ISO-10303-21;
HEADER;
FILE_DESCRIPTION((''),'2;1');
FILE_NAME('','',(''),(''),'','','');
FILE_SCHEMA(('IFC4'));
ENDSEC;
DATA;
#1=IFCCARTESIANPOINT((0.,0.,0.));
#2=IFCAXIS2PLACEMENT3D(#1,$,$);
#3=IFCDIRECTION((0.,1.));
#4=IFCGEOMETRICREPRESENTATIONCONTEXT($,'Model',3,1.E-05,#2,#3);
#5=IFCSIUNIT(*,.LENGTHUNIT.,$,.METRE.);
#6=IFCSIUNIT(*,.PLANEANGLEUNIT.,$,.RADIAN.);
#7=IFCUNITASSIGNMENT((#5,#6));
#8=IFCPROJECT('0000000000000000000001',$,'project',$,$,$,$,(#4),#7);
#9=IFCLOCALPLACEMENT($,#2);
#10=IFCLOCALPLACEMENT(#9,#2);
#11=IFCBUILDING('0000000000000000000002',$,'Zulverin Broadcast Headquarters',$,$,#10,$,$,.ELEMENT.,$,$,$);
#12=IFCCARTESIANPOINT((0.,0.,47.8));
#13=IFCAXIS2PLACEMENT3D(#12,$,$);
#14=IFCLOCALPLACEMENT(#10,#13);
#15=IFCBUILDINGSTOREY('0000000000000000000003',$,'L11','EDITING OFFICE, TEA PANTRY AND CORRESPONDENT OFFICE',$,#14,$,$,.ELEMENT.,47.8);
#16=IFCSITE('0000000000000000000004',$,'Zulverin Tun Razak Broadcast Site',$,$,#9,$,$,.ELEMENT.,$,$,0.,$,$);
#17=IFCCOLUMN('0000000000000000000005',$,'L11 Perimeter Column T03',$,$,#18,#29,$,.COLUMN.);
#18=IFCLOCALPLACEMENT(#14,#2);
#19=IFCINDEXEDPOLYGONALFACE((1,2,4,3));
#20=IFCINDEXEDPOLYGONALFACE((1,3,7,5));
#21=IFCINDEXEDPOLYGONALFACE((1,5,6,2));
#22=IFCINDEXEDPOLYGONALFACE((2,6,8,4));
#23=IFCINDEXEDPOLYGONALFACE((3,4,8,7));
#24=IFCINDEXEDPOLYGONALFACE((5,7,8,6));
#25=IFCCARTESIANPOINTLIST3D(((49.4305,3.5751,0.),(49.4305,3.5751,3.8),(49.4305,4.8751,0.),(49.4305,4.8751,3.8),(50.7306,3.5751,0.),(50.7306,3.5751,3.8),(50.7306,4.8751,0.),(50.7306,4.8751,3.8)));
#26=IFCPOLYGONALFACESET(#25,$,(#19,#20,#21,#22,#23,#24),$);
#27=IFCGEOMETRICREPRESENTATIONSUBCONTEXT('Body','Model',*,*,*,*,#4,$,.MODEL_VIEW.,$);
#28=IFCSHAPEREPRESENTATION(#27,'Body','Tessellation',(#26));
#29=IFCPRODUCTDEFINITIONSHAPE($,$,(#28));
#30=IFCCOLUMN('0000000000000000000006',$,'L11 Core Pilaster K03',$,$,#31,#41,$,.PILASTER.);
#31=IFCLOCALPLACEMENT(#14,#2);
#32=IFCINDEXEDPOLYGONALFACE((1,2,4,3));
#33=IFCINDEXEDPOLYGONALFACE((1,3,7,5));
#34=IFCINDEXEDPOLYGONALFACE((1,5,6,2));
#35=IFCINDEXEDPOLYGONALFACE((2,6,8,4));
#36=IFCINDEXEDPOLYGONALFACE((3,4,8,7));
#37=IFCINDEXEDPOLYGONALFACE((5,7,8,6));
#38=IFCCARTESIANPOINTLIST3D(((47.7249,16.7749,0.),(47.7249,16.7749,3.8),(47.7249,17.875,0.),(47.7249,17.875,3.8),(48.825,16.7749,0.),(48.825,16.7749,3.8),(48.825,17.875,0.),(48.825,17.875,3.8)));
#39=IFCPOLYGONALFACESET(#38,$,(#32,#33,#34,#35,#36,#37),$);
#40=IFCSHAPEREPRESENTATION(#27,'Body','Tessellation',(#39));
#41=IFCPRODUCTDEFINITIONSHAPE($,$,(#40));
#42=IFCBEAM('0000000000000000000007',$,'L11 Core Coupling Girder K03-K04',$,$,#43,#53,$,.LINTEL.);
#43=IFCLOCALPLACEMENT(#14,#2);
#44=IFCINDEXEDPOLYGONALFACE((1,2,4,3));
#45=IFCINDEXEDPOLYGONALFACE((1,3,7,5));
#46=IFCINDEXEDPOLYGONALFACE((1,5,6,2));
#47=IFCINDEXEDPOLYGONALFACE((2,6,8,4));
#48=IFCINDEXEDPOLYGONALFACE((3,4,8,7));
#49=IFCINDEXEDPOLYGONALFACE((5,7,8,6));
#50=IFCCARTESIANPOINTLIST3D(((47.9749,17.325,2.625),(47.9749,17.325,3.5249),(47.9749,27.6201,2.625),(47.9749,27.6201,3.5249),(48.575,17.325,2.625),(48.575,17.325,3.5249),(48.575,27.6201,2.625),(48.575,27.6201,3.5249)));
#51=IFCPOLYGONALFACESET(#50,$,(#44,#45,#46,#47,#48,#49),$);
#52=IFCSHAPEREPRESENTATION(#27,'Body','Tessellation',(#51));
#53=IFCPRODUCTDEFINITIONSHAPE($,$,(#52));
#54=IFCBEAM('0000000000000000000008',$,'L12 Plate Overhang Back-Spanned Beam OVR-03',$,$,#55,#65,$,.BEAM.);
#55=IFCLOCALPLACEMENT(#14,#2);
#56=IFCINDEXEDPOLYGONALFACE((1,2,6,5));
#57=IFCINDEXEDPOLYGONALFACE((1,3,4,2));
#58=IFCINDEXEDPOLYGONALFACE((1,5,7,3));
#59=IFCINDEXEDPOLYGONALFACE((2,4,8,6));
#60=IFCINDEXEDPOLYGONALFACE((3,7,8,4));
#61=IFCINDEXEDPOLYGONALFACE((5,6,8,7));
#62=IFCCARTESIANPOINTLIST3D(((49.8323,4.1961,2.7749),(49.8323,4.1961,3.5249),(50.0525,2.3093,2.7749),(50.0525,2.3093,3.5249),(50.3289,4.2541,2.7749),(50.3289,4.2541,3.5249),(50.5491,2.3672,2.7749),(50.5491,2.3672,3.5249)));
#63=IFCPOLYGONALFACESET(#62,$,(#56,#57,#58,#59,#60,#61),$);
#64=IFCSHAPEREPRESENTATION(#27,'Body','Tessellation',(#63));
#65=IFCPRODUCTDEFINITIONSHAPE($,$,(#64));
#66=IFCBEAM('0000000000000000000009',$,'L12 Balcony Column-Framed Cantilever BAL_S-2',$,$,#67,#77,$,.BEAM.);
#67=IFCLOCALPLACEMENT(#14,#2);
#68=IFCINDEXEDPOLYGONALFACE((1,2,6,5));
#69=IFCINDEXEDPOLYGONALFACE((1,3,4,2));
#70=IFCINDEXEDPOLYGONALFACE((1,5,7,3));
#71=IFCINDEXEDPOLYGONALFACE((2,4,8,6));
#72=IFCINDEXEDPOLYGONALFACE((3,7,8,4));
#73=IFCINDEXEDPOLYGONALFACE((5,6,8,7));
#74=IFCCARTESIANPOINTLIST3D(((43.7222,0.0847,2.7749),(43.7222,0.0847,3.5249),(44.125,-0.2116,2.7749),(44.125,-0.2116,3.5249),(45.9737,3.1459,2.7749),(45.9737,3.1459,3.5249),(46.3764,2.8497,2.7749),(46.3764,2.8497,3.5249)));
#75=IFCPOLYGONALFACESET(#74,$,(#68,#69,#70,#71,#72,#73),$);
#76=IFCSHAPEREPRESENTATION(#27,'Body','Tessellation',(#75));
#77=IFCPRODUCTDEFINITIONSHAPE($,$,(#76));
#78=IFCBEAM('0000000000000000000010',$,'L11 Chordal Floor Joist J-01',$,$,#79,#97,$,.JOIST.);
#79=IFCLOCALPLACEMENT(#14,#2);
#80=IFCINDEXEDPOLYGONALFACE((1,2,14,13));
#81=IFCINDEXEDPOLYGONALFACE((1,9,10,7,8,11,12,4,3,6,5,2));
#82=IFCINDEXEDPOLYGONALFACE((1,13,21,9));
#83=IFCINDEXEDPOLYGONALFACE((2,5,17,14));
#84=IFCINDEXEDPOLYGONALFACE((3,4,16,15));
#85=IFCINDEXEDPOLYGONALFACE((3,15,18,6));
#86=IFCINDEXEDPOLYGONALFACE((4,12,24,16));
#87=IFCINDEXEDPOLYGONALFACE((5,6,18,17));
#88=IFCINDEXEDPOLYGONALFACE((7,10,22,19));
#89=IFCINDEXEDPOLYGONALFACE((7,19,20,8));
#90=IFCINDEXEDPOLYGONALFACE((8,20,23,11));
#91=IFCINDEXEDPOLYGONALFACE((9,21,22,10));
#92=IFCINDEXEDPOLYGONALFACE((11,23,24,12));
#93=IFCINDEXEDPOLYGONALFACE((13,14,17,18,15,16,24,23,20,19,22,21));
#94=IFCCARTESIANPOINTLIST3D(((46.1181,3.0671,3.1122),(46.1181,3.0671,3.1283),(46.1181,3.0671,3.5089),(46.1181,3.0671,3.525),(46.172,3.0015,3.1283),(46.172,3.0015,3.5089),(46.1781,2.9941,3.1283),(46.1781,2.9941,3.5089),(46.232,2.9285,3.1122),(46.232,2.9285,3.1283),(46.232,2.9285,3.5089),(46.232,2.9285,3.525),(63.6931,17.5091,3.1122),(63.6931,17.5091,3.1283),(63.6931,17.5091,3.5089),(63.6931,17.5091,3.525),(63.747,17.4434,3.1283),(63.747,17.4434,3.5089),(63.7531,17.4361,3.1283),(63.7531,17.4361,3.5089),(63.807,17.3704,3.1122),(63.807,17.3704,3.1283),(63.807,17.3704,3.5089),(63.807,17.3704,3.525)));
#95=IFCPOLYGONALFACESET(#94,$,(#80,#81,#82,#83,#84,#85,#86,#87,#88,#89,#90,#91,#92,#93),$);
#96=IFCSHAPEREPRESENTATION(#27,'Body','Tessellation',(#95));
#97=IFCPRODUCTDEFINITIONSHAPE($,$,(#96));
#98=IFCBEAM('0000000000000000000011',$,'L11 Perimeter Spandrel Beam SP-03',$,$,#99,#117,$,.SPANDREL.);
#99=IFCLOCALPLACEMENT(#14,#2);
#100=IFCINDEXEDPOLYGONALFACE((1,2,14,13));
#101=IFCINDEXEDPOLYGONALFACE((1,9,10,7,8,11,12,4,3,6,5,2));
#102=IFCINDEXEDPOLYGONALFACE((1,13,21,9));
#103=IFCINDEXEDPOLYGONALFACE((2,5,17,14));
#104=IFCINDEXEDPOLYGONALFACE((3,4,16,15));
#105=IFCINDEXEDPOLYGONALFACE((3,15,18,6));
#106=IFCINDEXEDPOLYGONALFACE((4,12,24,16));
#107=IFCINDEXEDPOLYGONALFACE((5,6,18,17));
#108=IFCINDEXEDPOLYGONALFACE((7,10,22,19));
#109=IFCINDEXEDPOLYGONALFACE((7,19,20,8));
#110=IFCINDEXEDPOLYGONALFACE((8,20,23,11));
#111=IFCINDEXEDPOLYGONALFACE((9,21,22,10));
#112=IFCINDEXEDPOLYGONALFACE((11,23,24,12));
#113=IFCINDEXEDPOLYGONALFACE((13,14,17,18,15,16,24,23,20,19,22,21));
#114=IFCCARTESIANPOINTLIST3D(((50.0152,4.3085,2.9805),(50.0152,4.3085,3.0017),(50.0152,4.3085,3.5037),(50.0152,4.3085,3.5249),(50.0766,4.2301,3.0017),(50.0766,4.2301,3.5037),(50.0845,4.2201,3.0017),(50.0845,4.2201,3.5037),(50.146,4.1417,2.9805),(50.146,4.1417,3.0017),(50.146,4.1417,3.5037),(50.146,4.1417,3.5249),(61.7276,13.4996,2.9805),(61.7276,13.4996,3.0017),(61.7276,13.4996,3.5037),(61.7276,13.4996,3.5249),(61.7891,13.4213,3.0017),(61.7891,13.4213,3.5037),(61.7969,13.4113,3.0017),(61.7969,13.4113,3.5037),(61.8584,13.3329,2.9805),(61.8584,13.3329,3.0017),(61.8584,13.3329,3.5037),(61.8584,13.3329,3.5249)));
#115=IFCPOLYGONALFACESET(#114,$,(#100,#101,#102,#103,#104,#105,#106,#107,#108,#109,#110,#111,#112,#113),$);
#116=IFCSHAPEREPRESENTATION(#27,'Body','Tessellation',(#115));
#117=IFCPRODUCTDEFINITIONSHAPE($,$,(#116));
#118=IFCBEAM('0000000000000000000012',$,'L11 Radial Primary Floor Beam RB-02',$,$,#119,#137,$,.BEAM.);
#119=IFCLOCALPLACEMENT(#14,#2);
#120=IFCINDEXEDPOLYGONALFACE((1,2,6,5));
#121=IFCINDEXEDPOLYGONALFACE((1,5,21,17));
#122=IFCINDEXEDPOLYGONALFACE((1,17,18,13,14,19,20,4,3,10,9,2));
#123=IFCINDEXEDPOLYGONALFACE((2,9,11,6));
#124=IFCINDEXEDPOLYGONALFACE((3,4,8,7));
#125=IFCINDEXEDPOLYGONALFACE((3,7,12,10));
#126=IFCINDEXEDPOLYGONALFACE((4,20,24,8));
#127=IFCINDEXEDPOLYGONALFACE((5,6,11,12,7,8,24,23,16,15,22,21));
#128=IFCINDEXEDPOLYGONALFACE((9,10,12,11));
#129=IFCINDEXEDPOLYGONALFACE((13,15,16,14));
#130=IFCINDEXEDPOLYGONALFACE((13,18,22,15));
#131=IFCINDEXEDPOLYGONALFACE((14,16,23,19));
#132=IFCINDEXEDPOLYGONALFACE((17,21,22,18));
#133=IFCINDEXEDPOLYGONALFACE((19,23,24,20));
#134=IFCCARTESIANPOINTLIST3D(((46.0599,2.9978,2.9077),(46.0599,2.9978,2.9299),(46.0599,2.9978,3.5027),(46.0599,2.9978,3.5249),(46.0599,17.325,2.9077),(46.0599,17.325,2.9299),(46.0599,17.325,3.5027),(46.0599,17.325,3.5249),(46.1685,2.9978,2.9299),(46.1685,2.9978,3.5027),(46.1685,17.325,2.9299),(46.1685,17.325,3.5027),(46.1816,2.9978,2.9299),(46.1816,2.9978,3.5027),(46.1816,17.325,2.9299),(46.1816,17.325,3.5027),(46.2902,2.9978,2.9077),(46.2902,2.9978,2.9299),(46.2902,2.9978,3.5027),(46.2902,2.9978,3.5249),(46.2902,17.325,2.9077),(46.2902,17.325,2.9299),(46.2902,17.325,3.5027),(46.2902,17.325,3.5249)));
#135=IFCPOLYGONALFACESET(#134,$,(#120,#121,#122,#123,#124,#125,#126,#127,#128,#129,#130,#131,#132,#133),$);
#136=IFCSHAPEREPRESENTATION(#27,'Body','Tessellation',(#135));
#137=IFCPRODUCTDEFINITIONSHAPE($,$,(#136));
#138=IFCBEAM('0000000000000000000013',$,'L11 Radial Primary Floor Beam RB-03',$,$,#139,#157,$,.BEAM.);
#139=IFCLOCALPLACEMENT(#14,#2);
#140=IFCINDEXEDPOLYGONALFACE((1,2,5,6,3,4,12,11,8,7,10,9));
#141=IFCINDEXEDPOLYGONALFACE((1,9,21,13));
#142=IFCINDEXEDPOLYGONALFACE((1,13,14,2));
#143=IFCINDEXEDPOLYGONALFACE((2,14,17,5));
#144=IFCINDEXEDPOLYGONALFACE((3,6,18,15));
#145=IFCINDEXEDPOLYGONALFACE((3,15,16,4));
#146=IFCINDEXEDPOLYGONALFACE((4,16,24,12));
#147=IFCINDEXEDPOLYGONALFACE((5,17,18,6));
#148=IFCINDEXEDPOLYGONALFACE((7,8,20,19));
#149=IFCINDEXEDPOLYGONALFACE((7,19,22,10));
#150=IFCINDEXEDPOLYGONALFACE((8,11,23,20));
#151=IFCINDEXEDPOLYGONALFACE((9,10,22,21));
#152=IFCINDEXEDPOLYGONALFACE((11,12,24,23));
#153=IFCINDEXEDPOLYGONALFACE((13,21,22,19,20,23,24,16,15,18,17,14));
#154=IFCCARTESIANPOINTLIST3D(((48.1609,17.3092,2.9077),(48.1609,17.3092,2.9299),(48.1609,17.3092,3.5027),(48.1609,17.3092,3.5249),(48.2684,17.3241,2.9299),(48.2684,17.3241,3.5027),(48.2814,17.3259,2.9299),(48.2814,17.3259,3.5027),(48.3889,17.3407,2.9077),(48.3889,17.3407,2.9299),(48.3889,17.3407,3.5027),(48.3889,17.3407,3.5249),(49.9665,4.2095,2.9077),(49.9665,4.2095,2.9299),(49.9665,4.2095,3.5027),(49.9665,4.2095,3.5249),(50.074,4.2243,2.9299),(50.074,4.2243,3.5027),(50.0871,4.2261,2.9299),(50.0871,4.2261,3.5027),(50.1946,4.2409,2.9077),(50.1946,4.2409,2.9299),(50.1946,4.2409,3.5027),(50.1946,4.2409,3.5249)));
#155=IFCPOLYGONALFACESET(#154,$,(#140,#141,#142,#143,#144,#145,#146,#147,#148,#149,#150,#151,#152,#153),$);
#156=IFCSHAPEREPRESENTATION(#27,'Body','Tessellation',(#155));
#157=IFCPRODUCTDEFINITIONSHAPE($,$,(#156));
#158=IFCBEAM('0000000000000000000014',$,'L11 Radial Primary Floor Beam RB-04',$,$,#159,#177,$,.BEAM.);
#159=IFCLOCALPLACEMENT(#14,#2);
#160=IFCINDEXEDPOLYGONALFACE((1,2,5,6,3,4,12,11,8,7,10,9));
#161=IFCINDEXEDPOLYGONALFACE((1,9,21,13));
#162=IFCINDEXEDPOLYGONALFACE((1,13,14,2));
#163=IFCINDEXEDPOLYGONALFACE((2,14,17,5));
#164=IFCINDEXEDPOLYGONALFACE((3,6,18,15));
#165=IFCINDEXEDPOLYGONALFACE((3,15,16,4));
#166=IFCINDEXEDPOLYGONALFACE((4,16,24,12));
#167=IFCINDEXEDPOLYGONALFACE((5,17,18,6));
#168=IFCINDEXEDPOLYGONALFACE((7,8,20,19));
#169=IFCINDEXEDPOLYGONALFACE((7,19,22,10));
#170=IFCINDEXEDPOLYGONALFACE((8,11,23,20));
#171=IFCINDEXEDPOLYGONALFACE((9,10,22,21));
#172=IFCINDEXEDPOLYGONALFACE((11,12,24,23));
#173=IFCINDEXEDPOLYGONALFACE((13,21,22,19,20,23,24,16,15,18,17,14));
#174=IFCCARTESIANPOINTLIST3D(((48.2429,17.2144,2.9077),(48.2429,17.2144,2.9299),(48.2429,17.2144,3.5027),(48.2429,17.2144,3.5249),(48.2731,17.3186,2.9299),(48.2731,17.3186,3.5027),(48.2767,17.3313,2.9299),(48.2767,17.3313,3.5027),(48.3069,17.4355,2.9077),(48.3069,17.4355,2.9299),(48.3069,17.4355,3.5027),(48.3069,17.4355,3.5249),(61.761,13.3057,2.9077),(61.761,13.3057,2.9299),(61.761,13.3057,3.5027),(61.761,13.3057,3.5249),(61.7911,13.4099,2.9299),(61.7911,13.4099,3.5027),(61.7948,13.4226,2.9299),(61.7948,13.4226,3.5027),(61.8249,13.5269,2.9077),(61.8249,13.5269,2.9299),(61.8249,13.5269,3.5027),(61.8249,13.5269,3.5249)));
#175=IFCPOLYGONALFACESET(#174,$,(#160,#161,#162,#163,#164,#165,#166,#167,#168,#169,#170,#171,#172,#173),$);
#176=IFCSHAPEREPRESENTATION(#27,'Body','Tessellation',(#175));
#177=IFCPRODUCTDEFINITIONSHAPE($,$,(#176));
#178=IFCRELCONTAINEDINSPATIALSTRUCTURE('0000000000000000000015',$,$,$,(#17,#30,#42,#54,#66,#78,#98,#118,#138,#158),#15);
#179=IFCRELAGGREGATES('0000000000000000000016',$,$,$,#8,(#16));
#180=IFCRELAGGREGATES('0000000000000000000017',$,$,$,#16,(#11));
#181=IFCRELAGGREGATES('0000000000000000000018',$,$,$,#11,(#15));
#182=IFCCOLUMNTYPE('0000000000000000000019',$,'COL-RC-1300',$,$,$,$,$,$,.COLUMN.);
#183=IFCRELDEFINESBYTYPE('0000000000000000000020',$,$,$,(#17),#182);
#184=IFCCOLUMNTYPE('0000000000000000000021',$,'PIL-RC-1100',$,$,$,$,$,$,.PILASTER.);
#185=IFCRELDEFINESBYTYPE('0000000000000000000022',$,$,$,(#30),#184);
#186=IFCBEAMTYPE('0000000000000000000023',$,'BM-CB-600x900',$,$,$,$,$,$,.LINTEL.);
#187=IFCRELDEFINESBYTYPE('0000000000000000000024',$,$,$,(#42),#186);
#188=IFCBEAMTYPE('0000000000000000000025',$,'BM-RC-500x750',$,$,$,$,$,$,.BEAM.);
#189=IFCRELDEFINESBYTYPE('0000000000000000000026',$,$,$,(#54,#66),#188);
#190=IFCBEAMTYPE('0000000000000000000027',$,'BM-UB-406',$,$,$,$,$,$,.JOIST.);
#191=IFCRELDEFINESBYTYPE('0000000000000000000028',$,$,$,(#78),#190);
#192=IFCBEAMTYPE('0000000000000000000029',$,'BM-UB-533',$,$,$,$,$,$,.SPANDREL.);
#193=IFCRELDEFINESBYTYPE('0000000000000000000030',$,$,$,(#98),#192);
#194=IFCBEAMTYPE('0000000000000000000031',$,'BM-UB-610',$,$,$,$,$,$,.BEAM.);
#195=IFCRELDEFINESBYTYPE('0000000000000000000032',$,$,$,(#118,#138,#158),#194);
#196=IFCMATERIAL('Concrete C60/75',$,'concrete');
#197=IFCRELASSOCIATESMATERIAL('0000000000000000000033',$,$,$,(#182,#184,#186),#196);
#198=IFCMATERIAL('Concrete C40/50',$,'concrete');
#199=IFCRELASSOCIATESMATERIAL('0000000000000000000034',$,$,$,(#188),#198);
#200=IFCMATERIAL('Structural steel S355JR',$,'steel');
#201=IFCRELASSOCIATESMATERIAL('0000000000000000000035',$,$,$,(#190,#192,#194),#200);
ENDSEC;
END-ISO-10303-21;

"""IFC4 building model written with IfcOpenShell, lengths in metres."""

from ifc_helpers import new_model, si_unit, direction, frame, origin, origin_2d, place, context, subcontext, project, spatial, rectangle, i_section, extrude, material, material_profile, profile_set, type_object, element, save


model = new_model("IFC4")

# Units and contexts
model_context = context("Model", 3, precision=1e-05, world=origin(), true_north=direction((0.0, 1.0)))
body_context = subcontext(model_context, "Body", "Model", "MODEL_VIEW")
ifc_project = project(units=[si_unit("LENGTHUNIT", "METRE"), si_unit("PLANEANGLEUNIT", "RADIAN")], contexts=[model_context])

# Site, building, storey
site_placement = place(None, origin())
site = spatial("IfcSite", under=ifc_project, at=site_placement, Name="Zulverin Tun Razak Broadcast Site", CompositionType="ELEMENT", RefElevation=0.0)
building_placement = place(site_placement, origin())
building = spatial("IfcBuilding", under=site, at=building_placement, Name="Zulverin Broadcast Headquarters", CompositionType="ELEMENT")
storey_placement = place(building_placement, frame((0.0, 0.0, 47.8)))
storey = spatial("IfcBuildingStorey", under=building, at=storey_placement, Name="L11", Description="EDITING OFFICE, TEA PANTRY AND CORRESPONDENT OFFICE", CompositionType="ELEMENT", Elevation=47.8)

# Columns
ifc_material_1 = material(Name="Concrete C60/75", Category="concrete")
ifc_material_profile_1 = material_profile(ifc_material_1, rectangle(XDim=1.3, YDim=1.3, at=origin_2d()), Name="Concrete C60/75", Category="concrete")
ifc_profile_set_1 = profile_set([ifc_material_profile_1], Name="Concrete C60/75")
column_type_1 = type_object("IfcColumnType", Name="COL-RC-1300", PredefinedType="COLUMN", material=ifc_profile_set_1)
column_1_placement = place(storey_placement, frame((50.0806, 4.2251, 0.0), z_axis=(0.0, 0.0, 1.0), x_axis=(1.0, 0.0, 0.0)))
element("IfcColumn", 1, at=column_1_placement, inside=storey, type_object=column_type_1, Name="L11 Perimeter Column T03", PredefinedType="COLUMN", context=body_context, shape_type="SweptSolid", body=[
    extrude(rectangle(XDim=1.3, YDim=1.3, at=origin_2d()), origin(), (0.0, 0.0, 1.0), 3.8),
])
ifc_material_profile_2 = material_profile(ifc_material_1, rectangle(XDim=1.1001, YDim=1.1001, at=origin_2d()), Name="Concrete C60/75", Category="concrete")
ifc_profile_set_2 = profile_set([ifc_material_profile_2], Name="Concrete C60/75")
column_type_2 = type_object("IfcColumnType", Name="PIL-RC-1100", PredefinedType="PILASTER", material=ifc_profile_set_2)
column_2_placement = place(storey_placement, frame((48.2749, 17.325, 0.0), z_axis=(0.0, 0.0, 1.0), x_axis=(1.0, 0.0, 0.0)))
element("IfcColumn", 2, at=column_2_placement, inside=storey, type_object=column_type_2, Name="L11 Core Pilaster K03", PredefinedType="PILASTER", context=body_context, shape_type="SweptSolid", body=[
    extrude(rectangle(XDim=1.1001, YDim=1.1001, at=origin_2d()), origin(), (0.0, 0.0, 1.0), 3.8),
])

# Beams
ifc_material_profile_3 = material_profile(ifc_material_1, rectangle(XDim=0.6001, YDim=0.8999, at=origin_2d()), Name="Concrete C60/75", Category="concrete")
ifc_profile_set_3 = profile_set([ifc_material_profile_3], Name="Concrete C60/75")
beam_type_1 = type_object("IfcBeamType", Name="BM-CB-600x900", PredefinedType="LINTEL", material=ifc_profile_set_3)
beam_1_placement = place(storey_placement, frame((48.2749, 17.325, 3.075), z_axis=(0.0, 1.0, 0.0), x_axis=(-1.0, 0.0, 0.0)))
element("IfcBeam", 3, at=beam_1_placement, inside=storey, type_object=beam_type_1, Name="L11 Core Coupling Girder K03-K04", PredefinedType="LINTEL", context=body_context, shape_type="SweptSolid", body=[
    extrude(rectangle(XDim=0.6001, YDim=0.8999, at=origin_2d()), origin(), (0.0, 0.0, 1.0), 10.2952),
])
ifc_material_2 = material(Name="Concrete C40/50", Category="concrete")
ifc_material_profile_4 = material_profile(ifc_material_2, rectangle(XDim=0.5, YDim=0.75, at=origin_2d()), Name="Concrete C40/50", Category="concrete")
ifc_profile_set_4 = profile_set([ifc_material_profile_4], Name="Concrete C40/50")
beam_type_2 = type_object("IfcBeamType", Name="BM-RC-500x750", PredefinedType="BEAM", material=ifc_profile_set_4)
beam_2_placement = place(storey_placement, frame((50.0806, 4.2251, 3.1499), z_axis=(0.115917, -0.993259, 0.0), x_axis=(0.993259, 0.115917, 0.0)))
element("IfcBeam", 4, at=beam_2_placement, inside=storey, type_object=beam_type_2, Name="L12 Plate Overhang Back-Spanned Beam OVR-03", PredefinedType="BEAM", context=body_context, shape_type="SweptSolid", body=[
    extrude(rectangle(XDim=0.5, YDim=0.75, at=origin_2d()), origin(), (0.0, 0.0, 1.0), 1.8997),
])
beam_3_placement = place(storey_placement, frame((46.175, 2.9978, 3.1499), z_axis=(-0.59248, -0.805585, 0.0), x_axis=(0.805585, -0.59248, 0.0)))
element("IfcBeam", 5, at=beam_3_placement, inside=storey, type_object=beam_type_2, Name="L12 Balcony Column-Framed Cantilever BAL_S-2", PredefinedType="BEAM", context=body_context, shape_type="SweptSolid", body=[
    extrude(rectangle(XDim=0.5, YDim=0.75, at=origin_2d()), origin(), (0.0, 0.0, 1.0), 3.8),
])
ifc_material_3 = material(Name="Structural steel S355JR", Category="steel")
ifc_material_profile_5 = material_profile(ifc_material_3, i_section(OverallWidth=0.1794, OverallDepth=0.4128, WebThickness=0.0095, FlangeThickness=0.0161, at=origin_2d()), Name="Structural steel S355JR", Category="steel")
ifc_profile_set_5 = profile_set([ifc_material_profile_5], Name="Structural steel S355JR")
beam_type_3 = type_object("IfcBeamType", Name="BM-UB-406", PredefinedType="JOIST", material=ifc_profile_set_5)
beam_4_placement = place(storey_placement, frame((46.175, 2.9978, 3.3186), z_axis=(0.772611, 0.634879, 0.0), x_axis=(-0.634879, 0.772611, 0.0)))
element("IfcBeam", 6, at=beam_4_placement, inside=storey, type_object=beam_type_3, Name="L11 Chordal Floor Joist J-01", PredefinedType="JOIST", context=body_context, shape_type="SweptSolid", body=[
    extrude(i_section(OverallWidth=0.1794, OverallDepth=0.4128, WebThickness=0.0095, FlangeThickness=0.0161, at=origin_2d()), origin(), (0.0, 0.0, 1.0), 22.7476),
])
ifc_material_profile_6 = material_profile(ifc_material_3, i_section(OverallWidth=0.2119, OverallDepth=0.5444, WebThickness=0.0127, FlangeThickness=0.0212, at=origin_2d()), Name="Structural steel S355JR", Category="steel")
ifc_profile_set_6 = profile_set([ifc_material_profile_6], Name="Structural steel S355JR")
beam_type_4 = type_object("IfcBeamType", Name="BM-UB-533", PredefinedType="SPANDREL", material=ifc_profile_set_6)
beam_5_placement = place(storey_placement, frame((50.0806, 4.2251, 3.2527), z_axis=(0.786691, 0.617346, 0.0), x_axis=(-0.617346, 0.786691, 0.0)))
element("IfcBeam", 7, at=beam_5_placement, inside=storey, type_object=beam_type_4, Name="L11 Perimeter Spandrel Beam SP-03", PredefinedType="SPANDREL", context=body_context, shape_type="SweptSolid", body=[
    extrude(i_section(OverallWidth=0.2119, OverallDepth=0.5444, WebThickness=0.0127, FlangeThickness=0.0212, at=origin_2d()), origin(), (0.0, 0.0, 1.0), 14.8882),
])
ifc_material_profile_7 = material_profile(ifc_material_3, i_section(OverallWidth=0.2302, OverallDepth=0.6172, WebThickness=0.0132, FlangeThickness=0.0222, at=origin_2d()), Name="Structural steel S355JR", Category="steel")
ifc_profile_set_7 = profile_set([ifc_material_profile_7], Name="Structural steel S355JR")
beam_type_5 = type_object("IfcBeamType", Name="BM-UB-610", PredefinedType="BEAM", material=ifc_profile_set_7)
beam_6_placement = place(storey_placement, frame((46.175, 17.325, 3.2163), z_axis=(0.0, -1.0, 0.0), x_axis=(1.0, 0.0, 0.0)))
element("IfcBeam", 8, at=beam_6_placement, inside=storey, type_object=beam_type_5, Name="L11 Radial Primary Floor Beam RB-02", PredefinedType="BEAM", context=body_context, shape_type="SweptSolid", body=[
    extrude(i_section(OverallWidth=0.2302, OverallDepth=0.6172, WebThickness=0.0132, FlangeThickness=0.0222, at=origin_2d()), origin(), (0.0, 0.0, 1.0), 14.3271),
])
beam_7_placement = place(storey_placement, frame((48.2749, 17.325, 3.2163), z_axis=(0.136547, -0.990634, 0.0), x_axis=(0.990634, 0.136547, 0.0)))
element("IfcBeam", 9, at=beam_7_placement, inside=storey, type_object=beam_type_5, Name="L11 Radial Primary Floor Beam RB-03", PredefinedType="BEAM", context=body_context, shape_type="SweptSolid", body=[
    extrude(i_section(OverallWidth=0.2302, OverallDepth=0.6172, WebThickness=0.0132, FlangeThickness=0.0222, at=origin_2d()), origin(), (0.0, 0.0, 1.0), 13.2236),
])
beam_8_placement = place(storey_placement, frame((48.2749, 17.325, 3.2163), z_axis=(0.960648, -0.277767, 0.0), x_axis=(0.277767, 0.960648, 0.0)))
element("IfcBeam", 10, at=beam_8_placement, inside=storey, type_object=beam_type_5, Name="L11 Radial Primary Floor Beam RB-04", PredefinedType="BEAM", context=body_context, shape_type="SweptSolid", body=[
    extrude(i_section(OverallWidth=0.2302, OverallDepth=0.6172, WebThickness=0.0132, FlangeThickness=0.0222, at=origin_2d()), origin(), (0.0, 0.0, 1.0), 14.0718),
])

save(model, "model.ifc")
